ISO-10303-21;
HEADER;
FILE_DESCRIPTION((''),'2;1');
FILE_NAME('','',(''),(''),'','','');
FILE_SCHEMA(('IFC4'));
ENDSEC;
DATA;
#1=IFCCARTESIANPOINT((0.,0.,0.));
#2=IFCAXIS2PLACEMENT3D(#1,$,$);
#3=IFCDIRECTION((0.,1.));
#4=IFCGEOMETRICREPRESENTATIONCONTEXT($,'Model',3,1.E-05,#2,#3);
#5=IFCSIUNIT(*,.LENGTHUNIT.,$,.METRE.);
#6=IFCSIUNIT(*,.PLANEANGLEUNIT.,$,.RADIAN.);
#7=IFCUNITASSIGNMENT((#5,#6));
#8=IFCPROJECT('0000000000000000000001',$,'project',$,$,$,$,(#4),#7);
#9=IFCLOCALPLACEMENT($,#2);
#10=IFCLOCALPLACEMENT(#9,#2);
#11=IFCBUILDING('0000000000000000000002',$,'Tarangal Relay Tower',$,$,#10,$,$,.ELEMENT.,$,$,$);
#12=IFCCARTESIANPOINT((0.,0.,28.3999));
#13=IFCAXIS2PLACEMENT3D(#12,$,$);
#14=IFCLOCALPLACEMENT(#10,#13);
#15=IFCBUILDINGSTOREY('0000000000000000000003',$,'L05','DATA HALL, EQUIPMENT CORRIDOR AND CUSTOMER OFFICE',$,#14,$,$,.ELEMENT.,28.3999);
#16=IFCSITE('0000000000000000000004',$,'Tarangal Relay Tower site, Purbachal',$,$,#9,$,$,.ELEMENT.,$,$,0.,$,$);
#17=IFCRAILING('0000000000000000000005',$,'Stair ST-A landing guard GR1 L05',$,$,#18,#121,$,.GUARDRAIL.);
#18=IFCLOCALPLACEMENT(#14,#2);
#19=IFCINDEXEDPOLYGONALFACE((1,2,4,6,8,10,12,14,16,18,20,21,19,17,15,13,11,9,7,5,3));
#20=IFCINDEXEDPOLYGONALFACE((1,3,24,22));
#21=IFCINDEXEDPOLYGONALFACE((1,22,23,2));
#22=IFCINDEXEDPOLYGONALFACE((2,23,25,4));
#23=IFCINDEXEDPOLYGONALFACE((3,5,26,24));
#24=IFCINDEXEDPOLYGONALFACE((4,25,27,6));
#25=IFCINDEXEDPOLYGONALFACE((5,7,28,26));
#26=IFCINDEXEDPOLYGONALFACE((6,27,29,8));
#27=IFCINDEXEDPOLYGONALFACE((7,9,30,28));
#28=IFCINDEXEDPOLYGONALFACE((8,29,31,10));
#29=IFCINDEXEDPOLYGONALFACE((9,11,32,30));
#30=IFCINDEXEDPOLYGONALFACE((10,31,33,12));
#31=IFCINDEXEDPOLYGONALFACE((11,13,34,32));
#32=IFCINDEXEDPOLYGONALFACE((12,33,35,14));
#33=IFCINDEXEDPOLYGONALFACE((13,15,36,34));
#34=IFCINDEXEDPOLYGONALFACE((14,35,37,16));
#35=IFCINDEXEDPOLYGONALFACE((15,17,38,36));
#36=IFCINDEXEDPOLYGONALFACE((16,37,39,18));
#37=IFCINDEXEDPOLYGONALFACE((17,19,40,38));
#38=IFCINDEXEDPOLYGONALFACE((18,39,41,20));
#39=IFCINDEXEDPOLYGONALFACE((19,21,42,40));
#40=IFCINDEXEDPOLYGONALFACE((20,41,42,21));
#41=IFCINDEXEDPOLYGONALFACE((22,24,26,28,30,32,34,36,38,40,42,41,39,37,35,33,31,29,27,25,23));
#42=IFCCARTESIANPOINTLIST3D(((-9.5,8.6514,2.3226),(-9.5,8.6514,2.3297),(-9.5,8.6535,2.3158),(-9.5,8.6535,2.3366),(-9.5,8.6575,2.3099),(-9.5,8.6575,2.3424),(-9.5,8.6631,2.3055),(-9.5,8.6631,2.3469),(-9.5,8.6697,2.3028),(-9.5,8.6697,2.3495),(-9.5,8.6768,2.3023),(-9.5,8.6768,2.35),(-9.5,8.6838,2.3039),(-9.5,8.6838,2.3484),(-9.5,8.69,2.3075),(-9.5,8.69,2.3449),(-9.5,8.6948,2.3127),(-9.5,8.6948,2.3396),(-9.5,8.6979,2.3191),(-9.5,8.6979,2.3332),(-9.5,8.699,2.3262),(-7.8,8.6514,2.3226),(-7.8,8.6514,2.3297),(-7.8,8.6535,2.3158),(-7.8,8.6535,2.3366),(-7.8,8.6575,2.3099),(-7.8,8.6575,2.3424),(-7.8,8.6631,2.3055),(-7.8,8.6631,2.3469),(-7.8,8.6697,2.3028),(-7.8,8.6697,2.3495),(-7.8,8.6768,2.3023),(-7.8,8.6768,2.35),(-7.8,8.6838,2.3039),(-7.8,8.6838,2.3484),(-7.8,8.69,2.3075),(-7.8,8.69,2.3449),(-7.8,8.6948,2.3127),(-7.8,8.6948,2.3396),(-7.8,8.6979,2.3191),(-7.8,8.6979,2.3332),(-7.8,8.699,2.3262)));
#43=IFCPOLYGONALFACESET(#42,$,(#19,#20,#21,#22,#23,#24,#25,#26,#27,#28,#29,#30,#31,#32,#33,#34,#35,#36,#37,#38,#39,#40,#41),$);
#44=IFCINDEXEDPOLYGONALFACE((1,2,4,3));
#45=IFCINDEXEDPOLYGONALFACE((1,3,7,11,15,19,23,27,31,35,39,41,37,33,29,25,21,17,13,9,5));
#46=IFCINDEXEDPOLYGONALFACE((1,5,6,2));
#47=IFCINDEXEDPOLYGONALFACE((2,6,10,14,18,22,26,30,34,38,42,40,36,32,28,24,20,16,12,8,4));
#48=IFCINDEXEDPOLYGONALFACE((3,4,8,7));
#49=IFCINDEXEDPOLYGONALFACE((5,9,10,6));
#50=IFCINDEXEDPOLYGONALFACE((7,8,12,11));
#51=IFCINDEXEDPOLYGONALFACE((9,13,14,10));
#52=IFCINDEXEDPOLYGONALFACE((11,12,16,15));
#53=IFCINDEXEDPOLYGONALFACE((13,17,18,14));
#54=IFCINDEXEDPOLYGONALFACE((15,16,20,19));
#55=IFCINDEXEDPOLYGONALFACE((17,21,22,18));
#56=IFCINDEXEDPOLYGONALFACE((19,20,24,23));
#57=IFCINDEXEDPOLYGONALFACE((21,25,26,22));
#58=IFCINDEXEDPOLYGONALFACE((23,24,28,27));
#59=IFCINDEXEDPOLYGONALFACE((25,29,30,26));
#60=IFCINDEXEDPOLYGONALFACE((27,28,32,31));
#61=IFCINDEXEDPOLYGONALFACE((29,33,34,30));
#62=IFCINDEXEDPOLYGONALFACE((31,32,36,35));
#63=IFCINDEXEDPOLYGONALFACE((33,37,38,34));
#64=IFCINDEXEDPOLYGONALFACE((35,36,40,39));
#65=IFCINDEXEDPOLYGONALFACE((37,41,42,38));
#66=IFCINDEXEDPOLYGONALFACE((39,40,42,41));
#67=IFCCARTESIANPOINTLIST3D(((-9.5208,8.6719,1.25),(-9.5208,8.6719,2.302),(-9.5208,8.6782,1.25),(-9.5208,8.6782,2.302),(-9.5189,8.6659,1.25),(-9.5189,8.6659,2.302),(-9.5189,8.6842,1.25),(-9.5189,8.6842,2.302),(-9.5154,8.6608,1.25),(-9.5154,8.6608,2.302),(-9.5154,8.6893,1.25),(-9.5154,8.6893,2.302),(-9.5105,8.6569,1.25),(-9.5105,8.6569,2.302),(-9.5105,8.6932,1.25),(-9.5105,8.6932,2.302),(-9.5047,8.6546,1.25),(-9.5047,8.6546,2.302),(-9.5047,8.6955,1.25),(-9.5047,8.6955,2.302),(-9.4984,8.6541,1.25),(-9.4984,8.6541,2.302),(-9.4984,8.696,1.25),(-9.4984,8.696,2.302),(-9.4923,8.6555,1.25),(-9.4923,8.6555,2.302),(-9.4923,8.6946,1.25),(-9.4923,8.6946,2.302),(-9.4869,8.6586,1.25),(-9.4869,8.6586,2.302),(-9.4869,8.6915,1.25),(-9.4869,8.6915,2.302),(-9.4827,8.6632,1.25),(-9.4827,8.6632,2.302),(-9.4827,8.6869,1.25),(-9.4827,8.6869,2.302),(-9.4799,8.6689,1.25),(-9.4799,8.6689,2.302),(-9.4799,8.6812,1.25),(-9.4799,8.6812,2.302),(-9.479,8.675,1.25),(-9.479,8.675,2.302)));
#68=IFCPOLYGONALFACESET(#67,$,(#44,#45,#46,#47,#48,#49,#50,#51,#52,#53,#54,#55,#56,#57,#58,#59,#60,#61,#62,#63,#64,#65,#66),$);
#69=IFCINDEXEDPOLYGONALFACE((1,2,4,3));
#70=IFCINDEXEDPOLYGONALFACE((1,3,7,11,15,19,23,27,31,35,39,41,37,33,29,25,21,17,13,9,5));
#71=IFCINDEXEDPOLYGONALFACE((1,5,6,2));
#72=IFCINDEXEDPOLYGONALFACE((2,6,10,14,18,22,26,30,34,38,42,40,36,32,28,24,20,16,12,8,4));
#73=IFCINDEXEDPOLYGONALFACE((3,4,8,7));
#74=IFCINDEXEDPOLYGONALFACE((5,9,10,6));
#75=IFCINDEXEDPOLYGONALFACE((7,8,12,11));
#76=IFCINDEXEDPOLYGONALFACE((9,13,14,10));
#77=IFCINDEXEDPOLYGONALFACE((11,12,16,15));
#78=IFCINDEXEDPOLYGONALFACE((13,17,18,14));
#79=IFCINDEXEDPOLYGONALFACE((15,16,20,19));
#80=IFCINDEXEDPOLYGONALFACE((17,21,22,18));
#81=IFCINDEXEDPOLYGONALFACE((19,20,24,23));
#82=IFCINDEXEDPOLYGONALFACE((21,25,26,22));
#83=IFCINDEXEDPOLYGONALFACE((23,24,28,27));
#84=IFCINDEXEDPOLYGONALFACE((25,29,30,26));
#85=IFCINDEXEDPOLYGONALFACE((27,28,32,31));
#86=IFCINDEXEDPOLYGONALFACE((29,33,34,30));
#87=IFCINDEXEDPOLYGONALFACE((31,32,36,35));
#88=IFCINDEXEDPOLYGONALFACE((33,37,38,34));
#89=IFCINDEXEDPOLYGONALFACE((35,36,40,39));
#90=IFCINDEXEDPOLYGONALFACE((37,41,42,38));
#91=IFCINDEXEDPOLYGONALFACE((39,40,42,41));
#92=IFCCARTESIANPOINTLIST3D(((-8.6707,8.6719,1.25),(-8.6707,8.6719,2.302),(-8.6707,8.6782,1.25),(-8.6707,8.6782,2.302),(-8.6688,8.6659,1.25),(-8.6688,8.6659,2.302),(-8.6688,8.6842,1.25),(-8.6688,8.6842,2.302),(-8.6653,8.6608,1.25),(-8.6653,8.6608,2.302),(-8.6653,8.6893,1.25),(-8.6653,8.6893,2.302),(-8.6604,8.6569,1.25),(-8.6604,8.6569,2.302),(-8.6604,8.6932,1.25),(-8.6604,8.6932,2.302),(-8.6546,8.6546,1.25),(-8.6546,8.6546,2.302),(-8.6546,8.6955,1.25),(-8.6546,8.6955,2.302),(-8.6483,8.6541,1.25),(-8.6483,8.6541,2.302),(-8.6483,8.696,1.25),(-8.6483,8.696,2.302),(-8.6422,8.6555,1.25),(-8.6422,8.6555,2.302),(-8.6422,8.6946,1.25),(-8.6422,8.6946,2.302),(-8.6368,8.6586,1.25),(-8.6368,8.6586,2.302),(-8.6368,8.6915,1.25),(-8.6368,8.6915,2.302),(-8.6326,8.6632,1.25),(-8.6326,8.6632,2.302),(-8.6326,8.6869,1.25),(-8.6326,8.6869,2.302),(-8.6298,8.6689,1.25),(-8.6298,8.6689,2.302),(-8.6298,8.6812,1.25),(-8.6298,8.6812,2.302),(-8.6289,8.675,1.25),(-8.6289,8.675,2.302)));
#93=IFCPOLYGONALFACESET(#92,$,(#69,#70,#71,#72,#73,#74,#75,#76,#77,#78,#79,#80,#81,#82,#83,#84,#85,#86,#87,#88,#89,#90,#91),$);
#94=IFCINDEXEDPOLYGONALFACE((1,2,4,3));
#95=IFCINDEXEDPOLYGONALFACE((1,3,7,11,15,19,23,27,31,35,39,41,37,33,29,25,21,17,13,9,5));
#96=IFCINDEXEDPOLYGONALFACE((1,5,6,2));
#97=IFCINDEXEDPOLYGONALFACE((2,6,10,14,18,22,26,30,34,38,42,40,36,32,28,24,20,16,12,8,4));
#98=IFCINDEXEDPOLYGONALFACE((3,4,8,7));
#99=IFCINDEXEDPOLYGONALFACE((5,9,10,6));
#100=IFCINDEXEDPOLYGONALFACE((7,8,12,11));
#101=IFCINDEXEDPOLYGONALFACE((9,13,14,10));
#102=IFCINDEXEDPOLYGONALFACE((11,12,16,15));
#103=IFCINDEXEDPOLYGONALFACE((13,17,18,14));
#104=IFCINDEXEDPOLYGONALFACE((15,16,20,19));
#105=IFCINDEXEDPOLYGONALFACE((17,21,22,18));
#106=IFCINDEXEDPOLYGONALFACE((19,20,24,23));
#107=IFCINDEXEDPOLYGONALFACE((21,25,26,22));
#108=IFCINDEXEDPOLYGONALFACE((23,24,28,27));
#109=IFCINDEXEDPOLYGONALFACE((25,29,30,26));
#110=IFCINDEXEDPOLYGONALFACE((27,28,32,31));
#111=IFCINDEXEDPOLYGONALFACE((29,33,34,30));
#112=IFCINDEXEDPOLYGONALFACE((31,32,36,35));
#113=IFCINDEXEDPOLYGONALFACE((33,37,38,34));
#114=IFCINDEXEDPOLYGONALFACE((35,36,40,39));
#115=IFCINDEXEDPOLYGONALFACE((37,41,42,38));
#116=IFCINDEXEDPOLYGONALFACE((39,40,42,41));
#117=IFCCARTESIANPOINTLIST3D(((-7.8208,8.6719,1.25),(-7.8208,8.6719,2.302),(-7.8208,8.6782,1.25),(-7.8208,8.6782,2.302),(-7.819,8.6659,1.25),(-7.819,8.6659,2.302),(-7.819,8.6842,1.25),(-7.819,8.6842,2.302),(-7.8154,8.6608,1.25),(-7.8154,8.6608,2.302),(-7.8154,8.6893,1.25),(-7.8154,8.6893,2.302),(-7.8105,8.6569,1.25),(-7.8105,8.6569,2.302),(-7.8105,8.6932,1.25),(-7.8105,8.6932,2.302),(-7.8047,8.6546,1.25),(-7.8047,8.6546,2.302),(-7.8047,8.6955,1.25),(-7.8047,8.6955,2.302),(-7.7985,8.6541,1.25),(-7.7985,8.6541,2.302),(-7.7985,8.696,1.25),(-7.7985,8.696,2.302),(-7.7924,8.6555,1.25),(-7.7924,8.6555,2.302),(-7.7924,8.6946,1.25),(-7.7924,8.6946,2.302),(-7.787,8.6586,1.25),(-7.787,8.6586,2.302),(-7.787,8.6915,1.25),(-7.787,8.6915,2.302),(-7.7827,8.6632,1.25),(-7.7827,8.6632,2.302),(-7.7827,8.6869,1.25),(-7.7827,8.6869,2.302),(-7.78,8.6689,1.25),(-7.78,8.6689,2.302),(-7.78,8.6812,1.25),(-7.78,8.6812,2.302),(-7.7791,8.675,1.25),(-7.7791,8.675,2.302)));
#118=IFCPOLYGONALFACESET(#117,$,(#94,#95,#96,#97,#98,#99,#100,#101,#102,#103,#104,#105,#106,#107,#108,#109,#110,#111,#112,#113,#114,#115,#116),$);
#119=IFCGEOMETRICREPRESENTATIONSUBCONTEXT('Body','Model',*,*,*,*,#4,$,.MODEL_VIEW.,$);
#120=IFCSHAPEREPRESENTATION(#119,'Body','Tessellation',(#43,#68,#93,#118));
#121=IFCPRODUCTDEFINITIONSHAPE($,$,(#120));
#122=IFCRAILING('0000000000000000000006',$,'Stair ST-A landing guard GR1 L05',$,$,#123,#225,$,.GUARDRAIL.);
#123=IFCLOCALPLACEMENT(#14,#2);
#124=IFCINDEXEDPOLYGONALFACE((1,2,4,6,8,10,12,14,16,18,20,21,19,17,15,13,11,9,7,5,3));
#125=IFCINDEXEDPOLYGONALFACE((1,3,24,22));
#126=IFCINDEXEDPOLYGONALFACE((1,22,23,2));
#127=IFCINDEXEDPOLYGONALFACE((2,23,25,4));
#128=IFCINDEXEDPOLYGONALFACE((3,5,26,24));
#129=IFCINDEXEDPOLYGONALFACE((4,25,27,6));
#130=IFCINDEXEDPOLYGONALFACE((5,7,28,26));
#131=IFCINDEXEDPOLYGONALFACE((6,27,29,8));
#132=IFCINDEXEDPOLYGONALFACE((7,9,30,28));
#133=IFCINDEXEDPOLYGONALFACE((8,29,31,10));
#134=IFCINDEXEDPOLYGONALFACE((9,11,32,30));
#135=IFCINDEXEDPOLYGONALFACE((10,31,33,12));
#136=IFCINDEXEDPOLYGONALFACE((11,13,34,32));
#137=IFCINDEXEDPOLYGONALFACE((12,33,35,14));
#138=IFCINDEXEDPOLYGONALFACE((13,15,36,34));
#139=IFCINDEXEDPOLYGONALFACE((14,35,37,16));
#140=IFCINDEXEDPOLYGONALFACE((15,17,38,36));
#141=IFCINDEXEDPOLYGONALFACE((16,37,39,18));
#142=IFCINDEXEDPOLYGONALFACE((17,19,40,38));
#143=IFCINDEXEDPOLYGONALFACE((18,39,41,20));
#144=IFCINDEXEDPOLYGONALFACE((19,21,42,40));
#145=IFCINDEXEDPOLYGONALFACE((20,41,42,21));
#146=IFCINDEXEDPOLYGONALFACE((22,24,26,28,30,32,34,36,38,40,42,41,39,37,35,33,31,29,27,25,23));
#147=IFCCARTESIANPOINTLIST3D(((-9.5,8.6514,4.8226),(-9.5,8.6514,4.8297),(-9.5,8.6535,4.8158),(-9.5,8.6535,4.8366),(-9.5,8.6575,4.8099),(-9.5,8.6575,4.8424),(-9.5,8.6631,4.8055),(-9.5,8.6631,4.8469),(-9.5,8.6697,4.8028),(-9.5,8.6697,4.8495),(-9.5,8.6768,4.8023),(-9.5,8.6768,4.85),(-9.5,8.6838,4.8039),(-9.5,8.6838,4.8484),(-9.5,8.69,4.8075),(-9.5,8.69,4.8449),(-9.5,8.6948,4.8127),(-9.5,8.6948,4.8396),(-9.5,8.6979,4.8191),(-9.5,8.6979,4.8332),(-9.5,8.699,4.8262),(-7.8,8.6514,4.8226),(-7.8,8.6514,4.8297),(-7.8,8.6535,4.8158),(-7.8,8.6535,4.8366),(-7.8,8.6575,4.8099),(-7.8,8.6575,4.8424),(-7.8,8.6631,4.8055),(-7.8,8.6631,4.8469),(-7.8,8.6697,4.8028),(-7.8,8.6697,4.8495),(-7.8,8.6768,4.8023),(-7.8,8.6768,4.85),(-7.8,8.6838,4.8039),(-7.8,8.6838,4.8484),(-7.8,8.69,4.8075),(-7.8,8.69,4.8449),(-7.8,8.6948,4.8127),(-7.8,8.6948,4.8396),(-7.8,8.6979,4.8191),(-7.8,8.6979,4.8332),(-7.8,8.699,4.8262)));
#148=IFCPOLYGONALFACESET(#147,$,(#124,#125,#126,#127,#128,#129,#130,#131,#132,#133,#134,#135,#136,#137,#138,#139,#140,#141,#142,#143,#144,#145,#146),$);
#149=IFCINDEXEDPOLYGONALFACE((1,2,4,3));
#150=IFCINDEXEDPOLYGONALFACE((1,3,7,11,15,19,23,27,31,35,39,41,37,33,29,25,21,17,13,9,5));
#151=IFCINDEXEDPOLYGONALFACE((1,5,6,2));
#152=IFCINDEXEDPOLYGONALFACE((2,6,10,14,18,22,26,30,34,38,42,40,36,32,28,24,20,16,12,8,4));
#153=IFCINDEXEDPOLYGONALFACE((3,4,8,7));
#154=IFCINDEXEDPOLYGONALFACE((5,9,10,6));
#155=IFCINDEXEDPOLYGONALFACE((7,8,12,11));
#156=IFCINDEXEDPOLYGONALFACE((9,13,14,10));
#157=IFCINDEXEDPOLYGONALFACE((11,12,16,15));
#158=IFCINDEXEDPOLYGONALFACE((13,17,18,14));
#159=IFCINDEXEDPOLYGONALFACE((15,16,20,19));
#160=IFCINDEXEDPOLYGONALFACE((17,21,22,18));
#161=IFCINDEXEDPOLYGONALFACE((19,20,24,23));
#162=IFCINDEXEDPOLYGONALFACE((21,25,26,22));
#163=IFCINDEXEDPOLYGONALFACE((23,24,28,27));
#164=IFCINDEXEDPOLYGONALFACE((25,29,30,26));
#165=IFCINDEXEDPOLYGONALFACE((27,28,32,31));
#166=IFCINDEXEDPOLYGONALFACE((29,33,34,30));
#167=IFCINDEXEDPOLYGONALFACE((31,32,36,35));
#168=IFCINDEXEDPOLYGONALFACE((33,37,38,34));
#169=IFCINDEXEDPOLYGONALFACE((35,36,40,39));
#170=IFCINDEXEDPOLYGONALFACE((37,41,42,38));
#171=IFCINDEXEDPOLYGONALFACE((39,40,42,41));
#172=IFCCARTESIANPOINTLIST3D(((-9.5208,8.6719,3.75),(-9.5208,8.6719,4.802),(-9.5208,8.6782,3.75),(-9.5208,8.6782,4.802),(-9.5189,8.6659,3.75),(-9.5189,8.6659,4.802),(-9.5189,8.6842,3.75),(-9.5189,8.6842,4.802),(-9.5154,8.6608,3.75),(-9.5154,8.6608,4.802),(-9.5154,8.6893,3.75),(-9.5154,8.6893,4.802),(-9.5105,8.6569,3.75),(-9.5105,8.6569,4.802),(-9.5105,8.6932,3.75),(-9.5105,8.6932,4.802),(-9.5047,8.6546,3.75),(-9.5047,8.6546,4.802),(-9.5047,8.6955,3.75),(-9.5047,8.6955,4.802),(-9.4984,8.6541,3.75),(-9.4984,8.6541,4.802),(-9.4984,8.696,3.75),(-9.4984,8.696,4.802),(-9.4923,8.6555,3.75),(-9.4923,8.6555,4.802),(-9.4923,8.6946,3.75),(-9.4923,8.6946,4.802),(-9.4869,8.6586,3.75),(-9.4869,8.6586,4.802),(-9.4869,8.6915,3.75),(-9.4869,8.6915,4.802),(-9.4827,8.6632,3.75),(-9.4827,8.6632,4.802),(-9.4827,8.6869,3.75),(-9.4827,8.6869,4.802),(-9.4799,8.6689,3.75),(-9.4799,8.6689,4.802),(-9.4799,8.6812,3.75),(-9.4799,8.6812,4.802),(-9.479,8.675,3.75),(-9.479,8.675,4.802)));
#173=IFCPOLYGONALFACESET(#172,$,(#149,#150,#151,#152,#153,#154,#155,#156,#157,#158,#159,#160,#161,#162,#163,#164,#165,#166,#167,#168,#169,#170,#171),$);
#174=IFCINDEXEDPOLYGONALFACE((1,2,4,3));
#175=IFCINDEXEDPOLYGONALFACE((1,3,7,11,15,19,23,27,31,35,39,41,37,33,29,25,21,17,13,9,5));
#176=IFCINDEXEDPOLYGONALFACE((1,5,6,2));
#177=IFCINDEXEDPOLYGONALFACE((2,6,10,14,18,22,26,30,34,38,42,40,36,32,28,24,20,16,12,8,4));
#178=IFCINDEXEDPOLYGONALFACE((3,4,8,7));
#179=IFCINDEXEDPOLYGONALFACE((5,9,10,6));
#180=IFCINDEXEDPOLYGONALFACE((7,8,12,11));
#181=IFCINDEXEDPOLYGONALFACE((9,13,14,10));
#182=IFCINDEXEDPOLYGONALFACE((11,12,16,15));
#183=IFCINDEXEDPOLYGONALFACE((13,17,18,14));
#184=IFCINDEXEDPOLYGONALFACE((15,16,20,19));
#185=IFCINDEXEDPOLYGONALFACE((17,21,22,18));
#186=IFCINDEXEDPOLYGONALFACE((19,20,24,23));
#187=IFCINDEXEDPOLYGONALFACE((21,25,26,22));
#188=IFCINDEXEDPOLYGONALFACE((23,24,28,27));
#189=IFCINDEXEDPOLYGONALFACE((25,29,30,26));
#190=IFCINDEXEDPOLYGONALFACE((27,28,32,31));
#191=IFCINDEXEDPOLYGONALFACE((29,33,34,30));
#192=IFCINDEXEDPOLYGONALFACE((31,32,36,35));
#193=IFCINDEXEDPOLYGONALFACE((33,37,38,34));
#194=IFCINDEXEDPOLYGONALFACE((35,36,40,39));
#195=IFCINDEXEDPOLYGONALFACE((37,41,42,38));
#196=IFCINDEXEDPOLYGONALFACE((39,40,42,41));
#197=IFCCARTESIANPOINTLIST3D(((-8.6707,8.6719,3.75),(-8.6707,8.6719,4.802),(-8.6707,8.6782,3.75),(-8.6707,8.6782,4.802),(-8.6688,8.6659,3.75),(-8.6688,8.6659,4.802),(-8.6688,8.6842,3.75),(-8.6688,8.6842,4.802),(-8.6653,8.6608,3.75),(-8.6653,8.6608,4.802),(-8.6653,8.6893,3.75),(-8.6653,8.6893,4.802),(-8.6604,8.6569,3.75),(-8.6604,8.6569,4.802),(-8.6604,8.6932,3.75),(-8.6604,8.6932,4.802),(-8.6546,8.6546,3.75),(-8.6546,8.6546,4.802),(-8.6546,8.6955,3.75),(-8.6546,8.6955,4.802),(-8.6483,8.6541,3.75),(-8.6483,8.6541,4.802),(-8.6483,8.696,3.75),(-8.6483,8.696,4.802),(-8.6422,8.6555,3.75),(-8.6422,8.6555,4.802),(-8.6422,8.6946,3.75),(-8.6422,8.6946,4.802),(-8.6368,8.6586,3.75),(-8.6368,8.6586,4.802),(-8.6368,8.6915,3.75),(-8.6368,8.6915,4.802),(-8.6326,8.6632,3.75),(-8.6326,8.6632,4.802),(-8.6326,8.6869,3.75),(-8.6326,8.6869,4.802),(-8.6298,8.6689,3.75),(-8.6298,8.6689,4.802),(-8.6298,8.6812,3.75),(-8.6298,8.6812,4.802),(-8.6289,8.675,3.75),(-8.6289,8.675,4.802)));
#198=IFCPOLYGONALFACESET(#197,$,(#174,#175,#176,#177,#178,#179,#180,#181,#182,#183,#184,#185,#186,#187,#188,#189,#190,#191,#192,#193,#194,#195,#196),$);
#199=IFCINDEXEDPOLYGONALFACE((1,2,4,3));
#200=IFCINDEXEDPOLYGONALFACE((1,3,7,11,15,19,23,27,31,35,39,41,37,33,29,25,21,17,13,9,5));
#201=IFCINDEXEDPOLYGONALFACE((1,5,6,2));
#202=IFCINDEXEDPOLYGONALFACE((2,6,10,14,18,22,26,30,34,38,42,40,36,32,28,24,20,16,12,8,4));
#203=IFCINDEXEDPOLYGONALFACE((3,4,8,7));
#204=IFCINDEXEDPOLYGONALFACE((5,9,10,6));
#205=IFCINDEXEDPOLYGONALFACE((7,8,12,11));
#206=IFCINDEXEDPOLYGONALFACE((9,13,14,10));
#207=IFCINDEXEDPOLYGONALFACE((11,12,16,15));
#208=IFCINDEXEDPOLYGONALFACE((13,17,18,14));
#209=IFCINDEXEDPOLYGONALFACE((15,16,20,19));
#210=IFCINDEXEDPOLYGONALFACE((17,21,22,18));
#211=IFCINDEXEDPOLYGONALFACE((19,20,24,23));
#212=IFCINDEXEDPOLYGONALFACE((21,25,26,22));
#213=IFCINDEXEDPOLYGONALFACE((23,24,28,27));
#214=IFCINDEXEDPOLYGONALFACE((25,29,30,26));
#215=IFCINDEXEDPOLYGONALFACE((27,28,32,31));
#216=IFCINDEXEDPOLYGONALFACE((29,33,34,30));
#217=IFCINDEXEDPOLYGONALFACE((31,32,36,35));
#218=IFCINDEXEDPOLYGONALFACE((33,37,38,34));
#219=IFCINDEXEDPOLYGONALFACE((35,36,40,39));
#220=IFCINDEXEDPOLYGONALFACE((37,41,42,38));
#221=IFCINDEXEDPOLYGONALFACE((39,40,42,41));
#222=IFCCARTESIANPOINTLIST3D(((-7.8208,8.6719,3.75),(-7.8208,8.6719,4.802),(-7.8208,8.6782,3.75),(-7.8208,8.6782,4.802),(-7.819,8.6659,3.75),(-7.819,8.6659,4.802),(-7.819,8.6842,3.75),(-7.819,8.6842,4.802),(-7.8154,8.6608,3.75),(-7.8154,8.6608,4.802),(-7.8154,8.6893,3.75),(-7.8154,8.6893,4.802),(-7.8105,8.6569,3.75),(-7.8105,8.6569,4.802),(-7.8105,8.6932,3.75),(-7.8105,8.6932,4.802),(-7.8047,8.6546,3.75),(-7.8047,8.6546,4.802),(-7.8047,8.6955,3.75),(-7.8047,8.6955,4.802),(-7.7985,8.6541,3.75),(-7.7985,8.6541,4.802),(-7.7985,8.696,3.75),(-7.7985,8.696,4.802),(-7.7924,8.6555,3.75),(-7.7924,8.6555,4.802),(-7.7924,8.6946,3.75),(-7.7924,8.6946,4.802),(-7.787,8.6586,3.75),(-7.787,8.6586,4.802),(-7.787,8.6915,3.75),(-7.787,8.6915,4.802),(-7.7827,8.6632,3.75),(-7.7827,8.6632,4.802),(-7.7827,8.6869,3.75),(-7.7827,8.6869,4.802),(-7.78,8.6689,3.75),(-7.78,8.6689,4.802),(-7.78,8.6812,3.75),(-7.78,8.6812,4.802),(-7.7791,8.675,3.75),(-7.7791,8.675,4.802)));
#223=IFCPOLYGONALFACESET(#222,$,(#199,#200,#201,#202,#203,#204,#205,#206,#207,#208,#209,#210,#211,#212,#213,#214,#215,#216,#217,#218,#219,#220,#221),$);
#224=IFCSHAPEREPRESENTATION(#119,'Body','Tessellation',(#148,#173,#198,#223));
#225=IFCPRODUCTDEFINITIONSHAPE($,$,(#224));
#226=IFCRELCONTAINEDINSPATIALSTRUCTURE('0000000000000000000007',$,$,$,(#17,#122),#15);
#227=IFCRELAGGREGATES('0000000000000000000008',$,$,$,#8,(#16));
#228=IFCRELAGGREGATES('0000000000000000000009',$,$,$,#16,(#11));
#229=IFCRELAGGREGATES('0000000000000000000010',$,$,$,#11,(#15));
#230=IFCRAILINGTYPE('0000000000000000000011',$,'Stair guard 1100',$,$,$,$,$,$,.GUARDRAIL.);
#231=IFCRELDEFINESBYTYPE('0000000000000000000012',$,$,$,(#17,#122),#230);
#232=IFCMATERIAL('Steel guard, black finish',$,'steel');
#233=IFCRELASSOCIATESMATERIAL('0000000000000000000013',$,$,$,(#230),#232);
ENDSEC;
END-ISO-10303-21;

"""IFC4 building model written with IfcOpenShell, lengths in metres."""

from ifc_helpers import new_model, si_unit, direction, frame, origin, origin_2d, place, context, subcontext, project, spatial, circle, extrude, material, type_object, element, save


model = new_model("IFC4")

# Units and contexts
model_context = context("Model", 3, precision=1e-05, world=origin(), true_north=direction((0.0, 1.0)))
body_context = subcontext(model_context, "Body", "Model", "MODEL_VIEW")
ifc_project = project(units=[si_unit("LENGTHUNIT", "METRE"), si_unit("PLANEANGLEUNIT", "RADIAN")], contexts=[model_context])

# Site, building, storey
site_placement = place(None, origin())
site = spatial("IfcSite", under=ifc_project, at=site_placement, Name="Tarangal Relay Tower site, Purbachal", CompositionType="ELEMENT", RefElevation=0.0)
building_placement = place(site_placement, origin())
building = spatial("IfcBuilding", under=site, at=building_placement, Name="Tarangal Relay Tower", CompositionType="ELEMENT")
storey_placement = place(building_placement, frame((0.0, 0.0, 28.3999)))
storey = spatial("IfcBuildingStorey", under=building, at=storey_placement, Name="L05", Description="DATA HALL, EQUIPMENT CORRIDOR AND CUSTOMER OFFICE", CompositionType="ELEMENT", Elevation=28.3999)

# Railings
ifc_material_1 = material(Name="Steel guard, black finish", Category="steel")
railing_type_1 = type_object("IfcRailingType", Name="Stair guard 1100", PredefinedType="GUARDRAIL", material=ifc_material_1)
for number, where, name in (
    (1, (-9.5, 8.675, 1.25), "Stair ST-A landing guard GR1 L05"),
    (2, (-9.5, 8.675, 3.75), "Stair ST-A landing guard GR1 L05"),
):
    element("IfcRailing", number, at=place(storey_placement, frame(where)), inside=storey, type_object=railing_type_1, Name=name, PredefinedType="GUARDRAIL", context=body_context, shape_type="SweptSolid", body=[
        extrude(circle(Radius=0.0239, at=origin_2d()), frame((0.0, 0.0, 1.0762), z_axis=(1.0, 0.0, 0.0), x_axis=(0.0, 1.0, 0.0)), (0.0, 0.0, 1.0), 1.7),
        extrude(circle(Radius=0.021, at=origin_2d()), origin(), (0.0, 0.0, 1.0), 1.052),
        extrude(circle(Radius=0.021, at=origin_2d()), frame((0.8501, 0.0, 0.0)), (0.0, 0.0, 1.0), 1.052),
        extrude(circle(Radius=0.021, at=origin_2d()), frame((1.7, 0.0, 0.0)), (0.0, 0.0, 1.0), 1.052),
    ])

save(model, "model.ifc")
